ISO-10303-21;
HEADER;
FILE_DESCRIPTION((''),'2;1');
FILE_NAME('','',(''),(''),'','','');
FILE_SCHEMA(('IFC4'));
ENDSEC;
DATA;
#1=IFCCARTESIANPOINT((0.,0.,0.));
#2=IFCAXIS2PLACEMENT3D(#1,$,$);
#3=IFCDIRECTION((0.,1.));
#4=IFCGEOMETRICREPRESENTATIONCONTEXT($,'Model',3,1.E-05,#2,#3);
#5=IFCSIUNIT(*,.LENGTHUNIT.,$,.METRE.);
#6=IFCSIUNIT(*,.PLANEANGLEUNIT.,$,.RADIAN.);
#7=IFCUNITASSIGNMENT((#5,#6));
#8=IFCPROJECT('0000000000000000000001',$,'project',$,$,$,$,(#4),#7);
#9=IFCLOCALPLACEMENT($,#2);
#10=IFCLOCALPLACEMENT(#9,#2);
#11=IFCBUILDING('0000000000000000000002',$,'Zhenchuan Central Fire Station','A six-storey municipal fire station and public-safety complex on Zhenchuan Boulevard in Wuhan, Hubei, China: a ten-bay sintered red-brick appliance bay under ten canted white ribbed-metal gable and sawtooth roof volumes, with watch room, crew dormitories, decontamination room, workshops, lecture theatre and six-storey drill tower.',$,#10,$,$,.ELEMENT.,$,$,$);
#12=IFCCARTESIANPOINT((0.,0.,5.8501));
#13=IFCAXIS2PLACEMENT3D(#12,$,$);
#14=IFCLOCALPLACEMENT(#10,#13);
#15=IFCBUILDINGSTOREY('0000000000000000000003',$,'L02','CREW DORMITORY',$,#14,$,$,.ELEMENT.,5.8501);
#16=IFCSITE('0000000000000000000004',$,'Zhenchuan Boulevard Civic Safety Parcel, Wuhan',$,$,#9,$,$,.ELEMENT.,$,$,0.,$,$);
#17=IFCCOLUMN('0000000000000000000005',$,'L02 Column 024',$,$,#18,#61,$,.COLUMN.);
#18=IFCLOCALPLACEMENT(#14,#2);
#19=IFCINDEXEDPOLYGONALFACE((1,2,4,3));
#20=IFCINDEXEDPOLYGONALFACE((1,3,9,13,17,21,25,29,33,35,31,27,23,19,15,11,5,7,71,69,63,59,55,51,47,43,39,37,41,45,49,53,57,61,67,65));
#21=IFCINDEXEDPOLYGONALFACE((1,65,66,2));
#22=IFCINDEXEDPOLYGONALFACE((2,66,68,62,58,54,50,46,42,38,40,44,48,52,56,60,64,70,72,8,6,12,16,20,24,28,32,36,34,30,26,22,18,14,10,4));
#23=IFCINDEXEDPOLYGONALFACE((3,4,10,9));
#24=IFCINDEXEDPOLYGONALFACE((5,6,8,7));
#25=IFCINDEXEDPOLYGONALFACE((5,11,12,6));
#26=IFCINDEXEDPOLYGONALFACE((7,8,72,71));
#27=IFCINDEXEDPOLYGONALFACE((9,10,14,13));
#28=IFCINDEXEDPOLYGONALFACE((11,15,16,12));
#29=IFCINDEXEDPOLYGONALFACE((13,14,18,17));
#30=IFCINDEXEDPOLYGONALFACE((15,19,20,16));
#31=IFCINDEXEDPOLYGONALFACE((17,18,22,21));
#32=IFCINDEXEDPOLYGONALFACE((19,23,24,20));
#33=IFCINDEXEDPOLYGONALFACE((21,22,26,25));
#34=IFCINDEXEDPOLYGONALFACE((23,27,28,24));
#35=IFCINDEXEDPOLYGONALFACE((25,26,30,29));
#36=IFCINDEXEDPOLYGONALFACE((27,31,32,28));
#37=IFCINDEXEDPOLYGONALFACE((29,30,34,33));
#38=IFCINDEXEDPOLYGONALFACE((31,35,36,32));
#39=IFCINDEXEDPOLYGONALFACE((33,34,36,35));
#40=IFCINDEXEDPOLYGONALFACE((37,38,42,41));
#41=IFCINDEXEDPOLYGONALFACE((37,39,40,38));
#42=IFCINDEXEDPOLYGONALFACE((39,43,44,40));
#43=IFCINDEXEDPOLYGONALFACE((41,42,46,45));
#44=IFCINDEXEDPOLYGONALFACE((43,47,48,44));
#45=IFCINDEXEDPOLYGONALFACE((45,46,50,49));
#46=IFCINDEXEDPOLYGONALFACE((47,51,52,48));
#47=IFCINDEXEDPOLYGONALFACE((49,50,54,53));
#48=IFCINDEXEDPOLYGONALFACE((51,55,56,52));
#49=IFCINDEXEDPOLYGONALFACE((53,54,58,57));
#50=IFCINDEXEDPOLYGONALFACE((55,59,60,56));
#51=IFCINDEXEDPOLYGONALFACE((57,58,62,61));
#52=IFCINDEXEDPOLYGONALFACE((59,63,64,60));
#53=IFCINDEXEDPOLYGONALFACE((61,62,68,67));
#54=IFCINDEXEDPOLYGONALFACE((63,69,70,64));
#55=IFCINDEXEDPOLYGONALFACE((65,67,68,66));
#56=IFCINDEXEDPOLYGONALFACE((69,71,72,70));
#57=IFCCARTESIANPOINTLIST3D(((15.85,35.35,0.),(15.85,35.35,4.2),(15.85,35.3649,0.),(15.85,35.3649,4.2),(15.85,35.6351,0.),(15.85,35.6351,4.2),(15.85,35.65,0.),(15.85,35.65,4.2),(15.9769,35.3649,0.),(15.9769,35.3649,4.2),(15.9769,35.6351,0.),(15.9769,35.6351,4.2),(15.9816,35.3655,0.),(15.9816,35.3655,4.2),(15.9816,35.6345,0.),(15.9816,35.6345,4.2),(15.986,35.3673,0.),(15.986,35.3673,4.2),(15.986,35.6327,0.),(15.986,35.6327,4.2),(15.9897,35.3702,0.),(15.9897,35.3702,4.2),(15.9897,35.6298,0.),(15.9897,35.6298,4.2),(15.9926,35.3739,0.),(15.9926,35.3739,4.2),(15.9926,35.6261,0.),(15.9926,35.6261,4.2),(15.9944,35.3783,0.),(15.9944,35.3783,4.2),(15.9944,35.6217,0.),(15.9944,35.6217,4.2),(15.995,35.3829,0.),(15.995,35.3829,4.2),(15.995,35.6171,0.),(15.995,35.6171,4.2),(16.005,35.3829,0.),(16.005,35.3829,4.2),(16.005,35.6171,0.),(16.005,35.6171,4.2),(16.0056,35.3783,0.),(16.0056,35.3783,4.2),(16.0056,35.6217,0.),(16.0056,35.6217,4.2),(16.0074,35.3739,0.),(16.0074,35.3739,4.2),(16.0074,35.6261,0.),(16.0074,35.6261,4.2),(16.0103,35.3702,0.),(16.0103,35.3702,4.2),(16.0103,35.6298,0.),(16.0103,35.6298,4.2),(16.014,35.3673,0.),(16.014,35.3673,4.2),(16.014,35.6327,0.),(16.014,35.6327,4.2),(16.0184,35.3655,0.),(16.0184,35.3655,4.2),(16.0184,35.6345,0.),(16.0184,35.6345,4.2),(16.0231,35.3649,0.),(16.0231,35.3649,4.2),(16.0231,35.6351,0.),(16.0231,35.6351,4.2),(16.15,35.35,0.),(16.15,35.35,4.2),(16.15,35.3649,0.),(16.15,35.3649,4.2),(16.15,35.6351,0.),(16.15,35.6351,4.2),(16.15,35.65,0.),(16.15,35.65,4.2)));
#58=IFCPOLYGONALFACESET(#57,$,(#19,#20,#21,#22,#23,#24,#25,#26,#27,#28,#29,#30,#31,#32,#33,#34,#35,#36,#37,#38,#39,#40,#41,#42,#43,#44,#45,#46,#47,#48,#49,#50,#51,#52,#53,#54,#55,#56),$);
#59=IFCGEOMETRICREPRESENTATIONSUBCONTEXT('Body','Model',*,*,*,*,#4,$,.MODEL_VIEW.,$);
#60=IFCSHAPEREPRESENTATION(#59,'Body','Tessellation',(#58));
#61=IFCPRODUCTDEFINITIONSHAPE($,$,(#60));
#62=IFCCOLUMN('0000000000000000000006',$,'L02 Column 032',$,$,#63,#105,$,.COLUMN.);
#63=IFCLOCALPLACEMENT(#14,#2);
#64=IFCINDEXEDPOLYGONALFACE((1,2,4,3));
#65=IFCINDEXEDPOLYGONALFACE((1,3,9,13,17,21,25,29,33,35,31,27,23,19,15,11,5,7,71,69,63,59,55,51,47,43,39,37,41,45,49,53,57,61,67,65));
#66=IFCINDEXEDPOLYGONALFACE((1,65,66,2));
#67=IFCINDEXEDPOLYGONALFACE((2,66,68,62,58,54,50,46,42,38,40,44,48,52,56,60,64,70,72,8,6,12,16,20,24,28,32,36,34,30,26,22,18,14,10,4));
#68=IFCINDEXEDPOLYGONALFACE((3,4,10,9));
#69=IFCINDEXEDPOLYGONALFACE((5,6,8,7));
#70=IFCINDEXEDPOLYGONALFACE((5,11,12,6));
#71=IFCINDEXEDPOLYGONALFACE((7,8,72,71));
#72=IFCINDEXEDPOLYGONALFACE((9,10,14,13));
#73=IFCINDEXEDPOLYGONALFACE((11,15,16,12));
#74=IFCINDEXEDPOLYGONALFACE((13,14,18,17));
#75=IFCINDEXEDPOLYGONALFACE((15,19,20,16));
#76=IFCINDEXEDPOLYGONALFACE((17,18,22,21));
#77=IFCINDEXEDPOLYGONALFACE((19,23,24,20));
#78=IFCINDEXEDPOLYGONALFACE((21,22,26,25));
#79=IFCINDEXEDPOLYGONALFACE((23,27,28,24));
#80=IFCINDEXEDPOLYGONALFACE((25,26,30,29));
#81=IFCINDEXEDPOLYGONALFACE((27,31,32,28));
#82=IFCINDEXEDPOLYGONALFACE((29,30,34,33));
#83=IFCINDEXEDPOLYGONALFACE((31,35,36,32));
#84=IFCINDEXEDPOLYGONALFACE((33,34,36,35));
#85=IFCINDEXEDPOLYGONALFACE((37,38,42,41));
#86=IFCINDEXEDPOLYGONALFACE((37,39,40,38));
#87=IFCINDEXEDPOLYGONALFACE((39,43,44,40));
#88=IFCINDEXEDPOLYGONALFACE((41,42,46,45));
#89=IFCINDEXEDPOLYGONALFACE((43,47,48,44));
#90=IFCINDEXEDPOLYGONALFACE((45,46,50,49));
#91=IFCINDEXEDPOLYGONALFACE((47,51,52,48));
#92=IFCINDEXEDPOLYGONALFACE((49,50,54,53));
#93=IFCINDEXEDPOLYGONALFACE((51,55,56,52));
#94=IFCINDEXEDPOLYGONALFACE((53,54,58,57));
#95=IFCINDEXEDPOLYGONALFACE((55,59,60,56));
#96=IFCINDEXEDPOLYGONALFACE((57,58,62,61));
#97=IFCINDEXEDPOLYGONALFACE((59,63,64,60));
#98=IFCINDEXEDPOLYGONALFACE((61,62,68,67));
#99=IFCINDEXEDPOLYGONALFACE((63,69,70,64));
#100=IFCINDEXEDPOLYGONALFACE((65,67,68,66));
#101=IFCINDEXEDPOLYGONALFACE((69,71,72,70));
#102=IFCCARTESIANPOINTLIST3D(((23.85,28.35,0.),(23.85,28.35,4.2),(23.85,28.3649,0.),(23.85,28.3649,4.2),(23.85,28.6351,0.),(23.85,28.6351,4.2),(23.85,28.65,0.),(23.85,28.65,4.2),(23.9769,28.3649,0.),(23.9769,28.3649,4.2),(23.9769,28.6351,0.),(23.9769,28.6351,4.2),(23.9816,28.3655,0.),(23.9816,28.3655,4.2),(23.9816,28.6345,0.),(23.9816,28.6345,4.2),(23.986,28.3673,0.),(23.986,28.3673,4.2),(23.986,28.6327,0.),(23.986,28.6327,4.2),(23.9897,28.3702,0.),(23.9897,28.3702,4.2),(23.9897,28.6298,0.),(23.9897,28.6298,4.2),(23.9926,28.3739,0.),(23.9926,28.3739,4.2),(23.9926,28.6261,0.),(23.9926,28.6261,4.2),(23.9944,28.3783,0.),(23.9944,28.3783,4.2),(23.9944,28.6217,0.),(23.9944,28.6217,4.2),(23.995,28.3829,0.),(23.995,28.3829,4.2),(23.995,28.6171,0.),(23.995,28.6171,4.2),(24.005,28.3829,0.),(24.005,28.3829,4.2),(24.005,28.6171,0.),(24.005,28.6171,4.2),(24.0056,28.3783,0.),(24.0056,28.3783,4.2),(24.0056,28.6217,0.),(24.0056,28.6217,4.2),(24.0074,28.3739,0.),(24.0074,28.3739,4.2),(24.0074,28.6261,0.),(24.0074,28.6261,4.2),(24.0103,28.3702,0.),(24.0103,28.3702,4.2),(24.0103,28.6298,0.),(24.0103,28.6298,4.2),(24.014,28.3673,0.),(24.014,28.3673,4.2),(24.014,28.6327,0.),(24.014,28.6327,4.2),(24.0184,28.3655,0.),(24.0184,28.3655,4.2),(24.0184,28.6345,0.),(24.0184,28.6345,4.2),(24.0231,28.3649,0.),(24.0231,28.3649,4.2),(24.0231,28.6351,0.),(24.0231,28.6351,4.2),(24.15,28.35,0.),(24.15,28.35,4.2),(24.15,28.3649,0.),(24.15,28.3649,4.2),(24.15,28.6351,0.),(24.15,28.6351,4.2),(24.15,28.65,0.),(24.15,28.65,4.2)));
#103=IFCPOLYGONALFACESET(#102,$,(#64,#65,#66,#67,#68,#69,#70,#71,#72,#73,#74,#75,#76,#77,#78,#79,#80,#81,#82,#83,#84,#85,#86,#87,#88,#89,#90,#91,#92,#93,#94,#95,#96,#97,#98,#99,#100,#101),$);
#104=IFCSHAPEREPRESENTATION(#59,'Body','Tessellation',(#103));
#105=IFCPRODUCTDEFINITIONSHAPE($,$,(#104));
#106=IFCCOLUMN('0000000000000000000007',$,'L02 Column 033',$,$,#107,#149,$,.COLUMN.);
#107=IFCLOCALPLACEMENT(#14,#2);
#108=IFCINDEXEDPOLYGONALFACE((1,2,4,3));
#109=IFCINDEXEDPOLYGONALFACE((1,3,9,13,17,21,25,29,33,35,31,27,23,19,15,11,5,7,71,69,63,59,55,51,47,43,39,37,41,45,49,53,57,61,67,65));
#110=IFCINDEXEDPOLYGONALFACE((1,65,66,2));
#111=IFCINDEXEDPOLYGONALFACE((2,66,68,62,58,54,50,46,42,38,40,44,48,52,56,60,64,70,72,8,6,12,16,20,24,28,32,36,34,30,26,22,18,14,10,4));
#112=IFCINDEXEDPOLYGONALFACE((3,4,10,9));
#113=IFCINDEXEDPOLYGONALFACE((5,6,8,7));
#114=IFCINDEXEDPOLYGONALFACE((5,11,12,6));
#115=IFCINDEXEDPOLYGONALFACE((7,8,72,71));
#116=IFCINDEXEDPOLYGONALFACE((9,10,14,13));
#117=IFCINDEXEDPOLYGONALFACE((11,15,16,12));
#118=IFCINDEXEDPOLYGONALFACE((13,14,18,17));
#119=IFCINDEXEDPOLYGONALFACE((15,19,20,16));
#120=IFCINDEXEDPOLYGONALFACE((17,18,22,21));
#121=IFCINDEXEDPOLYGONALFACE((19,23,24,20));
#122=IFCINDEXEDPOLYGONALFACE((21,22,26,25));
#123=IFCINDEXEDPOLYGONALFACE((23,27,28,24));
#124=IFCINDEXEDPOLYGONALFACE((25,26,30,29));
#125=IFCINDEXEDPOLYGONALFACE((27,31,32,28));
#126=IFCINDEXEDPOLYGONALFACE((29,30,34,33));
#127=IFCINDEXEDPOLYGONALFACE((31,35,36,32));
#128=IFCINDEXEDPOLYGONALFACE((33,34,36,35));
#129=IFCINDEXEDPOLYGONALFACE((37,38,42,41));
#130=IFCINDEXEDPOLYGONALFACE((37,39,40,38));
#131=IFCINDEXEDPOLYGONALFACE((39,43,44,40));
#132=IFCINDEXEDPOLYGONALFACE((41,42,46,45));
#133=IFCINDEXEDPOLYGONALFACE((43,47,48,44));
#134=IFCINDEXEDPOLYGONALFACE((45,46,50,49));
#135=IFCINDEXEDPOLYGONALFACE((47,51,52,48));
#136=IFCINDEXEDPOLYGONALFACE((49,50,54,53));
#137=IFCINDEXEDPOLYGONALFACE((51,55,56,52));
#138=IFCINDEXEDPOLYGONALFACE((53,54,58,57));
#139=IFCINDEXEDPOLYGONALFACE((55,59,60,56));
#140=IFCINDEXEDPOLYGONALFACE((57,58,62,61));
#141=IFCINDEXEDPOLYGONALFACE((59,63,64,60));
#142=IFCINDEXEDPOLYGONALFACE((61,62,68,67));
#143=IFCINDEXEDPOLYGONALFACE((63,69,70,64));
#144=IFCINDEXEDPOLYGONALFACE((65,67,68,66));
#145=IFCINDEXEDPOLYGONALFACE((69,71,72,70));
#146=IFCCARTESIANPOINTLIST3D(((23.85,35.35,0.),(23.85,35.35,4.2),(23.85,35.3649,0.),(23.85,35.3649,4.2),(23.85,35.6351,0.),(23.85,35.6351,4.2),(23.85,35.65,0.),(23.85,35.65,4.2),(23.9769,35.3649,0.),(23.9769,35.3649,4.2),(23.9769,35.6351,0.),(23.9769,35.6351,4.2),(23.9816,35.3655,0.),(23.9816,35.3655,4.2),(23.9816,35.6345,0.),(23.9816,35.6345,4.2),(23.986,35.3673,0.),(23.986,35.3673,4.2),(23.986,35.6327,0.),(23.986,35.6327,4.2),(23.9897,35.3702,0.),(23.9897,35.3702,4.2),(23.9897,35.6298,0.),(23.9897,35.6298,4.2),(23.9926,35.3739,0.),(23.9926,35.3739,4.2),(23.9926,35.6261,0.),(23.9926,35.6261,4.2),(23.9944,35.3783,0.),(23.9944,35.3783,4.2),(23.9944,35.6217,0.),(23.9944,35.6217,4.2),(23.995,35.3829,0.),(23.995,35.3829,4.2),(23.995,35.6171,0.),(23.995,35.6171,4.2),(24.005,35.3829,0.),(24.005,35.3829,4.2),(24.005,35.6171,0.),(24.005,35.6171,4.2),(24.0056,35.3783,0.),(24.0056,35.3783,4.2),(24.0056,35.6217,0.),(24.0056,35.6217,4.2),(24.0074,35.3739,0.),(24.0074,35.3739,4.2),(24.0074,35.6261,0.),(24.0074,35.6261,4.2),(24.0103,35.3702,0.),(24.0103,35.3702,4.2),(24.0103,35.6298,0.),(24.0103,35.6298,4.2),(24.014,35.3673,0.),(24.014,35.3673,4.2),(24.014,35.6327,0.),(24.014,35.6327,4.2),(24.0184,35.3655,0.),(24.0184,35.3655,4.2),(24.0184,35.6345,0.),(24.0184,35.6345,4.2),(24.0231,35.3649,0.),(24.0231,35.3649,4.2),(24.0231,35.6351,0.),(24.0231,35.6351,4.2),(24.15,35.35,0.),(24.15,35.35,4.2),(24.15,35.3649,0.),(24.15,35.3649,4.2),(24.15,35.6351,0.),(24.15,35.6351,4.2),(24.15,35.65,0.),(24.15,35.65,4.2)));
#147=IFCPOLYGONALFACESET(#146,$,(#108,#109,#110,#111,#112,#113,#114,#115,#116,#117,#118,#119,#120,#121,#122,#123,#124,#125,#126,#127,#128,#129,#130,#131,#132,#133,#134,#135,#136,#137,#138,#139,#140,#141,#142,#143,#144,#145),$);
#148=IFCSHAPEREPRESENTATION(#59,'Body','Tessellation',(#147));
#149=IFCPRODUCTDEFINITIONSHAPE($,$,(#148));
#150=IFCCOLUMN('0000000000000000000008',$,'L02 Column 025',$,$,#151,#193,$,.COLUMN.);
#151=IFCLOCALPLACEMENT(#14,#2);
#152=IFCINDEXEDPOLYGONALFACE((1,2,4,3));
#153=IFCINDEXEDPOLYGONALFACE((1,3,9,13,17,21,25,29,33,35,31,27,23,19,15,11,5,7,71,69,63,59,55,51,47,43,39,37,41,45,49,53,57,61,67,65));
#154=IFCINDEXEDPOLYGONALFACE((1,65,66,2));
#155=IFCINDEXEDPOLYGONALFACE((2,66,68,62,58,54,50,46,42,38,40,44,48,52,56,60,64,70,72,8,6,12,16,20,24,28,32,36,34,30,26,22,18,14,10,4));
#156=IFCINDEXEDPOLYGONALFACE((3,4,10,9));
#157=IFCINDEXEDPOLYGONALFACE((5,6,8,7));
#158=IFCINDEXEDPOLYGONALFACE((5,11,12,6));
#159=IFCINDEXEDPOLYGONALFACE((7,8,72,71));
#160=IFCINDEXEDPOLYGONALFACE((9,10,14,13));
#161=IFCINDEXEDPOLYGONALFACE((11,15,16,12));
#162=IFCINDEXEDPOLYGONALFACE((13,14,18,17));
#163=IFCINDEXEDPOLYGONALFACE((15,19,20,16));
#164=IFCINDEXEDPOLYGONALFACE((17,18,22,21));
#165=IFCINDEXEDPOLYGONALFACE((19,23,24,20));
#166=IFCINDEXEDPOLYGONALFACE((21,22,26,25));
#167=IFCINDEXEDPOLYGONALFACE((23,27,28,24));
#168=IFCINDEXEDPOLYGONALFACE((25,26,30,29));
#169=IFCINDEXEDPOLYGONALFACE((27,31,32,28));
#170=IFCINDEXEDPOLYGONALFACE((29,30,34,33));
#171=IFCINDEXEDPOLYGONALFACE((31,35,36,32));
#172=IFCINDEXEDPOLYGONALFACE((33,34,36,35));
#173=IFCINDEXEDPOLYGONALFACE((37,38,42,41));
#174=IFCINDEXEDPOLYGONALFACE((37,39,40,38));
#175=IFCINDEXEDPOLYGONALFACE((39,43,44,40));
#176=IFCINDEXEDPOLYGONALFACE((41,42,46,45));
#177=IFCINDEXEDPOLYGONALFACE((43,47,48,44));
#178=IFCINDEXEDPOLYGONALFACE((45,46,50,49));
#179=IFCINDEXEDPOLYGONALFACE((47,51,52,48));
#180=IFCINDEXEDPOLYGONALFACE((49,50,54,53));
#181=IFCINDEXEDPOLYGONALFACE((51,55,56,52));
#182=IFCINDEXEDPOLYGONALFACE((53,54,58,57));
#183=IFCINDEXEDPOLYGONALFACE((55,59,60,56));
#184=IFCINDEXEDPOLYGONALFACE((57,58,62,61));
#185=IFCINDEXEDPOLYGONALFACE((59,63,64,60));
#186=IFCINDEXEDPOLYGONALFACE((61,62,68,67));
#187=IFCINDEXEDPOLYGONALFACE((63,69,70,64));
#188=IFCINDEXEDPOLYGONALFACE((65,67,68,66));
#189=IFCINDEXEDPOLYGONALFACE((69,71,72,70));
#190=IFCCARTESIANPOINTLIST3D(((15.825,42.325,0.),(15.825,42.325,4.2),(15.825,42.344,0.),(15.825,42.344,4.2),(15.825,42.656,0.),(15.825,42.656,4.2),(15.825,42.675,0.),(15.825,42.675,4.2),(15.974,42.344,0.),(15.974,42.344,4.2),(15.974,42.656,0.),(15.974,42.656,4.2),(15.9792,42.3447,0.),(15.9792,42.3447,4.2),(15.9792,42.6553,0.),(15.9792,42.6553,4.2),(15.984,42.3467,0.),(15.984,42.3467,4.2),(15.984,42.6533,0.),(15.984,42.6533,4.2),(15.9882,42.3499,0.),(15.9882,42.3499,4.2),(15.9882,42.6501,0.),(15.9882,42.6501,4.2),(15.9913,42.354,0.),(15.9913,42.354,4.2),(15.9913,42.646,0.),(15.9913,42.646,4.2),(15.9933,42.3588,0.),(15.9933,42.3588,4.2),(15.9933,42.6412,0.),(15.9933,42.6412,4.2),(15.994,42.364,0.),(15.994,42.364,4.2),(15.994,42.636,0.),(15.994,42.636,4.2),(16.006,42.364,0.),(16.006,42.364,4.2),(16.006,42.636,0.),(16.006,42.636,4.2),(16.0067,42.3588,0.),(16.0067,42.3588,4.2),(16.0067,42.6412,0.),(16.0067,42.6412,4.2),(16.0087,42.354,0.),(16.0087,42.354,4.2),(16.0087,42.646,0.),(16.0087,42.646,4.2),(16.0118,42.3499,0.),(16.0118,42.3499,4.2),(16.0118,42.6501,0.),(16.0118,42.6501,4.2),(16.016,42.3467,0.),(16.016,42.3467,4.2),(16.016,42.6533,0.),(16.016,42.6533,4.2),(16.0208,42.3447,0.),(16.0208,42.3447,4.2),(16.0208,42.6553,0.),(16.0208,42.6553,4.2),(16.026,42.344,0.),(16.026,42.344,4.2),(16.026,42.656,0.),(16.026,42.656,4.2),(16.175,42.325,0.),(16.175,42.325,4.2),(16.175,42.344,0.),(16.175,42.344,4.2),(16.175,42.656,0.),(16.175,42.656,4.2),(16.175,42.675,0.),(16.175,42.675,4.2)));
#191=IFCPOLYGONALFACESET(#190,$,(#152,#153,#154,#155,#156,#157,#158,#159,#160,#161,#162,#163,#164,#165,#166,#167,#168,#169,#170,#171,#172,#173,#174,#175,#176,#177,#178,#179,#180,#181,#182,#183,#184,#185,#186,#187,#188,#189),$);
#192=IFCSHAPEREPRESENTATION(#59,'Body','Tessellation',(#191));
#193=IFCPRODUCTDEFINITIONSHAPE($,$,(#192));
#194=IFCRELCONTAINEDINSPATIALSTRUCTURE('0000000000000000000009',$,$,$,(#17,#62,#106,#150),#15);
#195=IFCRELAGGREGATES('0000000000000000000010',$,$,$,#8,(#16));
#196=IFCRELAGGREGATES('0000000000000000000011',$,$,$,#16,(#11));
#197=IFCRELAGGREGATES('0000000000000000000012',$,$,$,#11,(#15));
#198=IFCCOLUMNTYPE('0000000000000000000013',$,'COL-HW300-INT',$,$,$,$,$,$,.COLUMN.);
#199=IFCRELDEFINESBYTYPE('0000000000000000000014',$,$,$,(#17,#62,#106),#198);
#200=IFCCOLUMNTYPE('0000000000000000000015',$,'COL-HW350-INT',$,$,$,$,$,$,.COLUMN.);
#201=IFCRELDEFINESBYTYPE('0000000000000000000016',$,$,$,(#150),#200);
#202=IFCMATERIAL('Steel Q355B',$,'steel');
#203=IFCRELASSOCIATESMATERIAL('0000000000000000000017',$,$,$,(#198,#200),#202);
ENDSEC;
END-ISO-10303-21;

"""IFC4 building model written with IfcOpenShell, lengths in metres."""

from ifc_helpers import new_model, si_unit, direction, frame, origin, origin_2d, place, context, subcontext, project, spatial, i_section, extrude, material, material_profile, profile_set, type_object, element, save


model = new_model("IFC4")

# Units and contexts
model_context = context("Model", 3, precision=1e-05, world=origin(), true_north=direction((0.0, 1.0)))
body_context = subcontext(model_context, "Body", "Model", "MODEL_VIEW")
ifc_project = project(units=[si_unit("LENGTHUNIT", "METRE"), si_unit("PLANEANGLEUNIT", "RADIAN")], contexts=[model_context])

# Site, building, storey
site_placement = place(None, origin())
site = spatial("IfcSite", under=ifc_project, at=site_placement, Name="Zhenchuan Boulevard Civic Safety Parcel, Wuhan", CompositionType="ELEMENT", RefElevation=0.0)
building_placement = place(site_placement, origin())
building = spatial("IfcBuilding", under=site, at=building_placement, Name="Zhenchuan Central Fire Station", Description="A six-storey municipal fire station and public-safety complex on Zhenchuan Boulevard in Wuhan, Hubei, China: a ten-bay sintered red-brick appliance bay under ten canted white ribbed-metal gable and sawtooth roof volumes, with watch room, crew dormitories, decontamination room, workshops, lecture theatre and six-storey drill tower.", CompositionType="ELEMENT")
storey_placement = place(building_placement, frame((0.0, 0.0, 5.8501)))
storey = spatial("IfcBuildingStorey", under=building, at=storey_placement, Name="L02", Description="CREW DORMITORY", CompositionType="ELEMENT", Elevation=5.8501)

# Columns
ifc_material_1 = material(Name="Steel Q355B", Category="steel")
ifc_material_profile_1 = material_profile(ifc_material_1, i_section(OverallWidth=0.3, OverallDepth=0.3, WebThickness=0.01, FlangeThickness=0.0149, FilletRadius=0.0181, at=origin_2d()), Name="HW 300x300")
ifc_profile_set_1 = profile_set([ifc_material_profile_1], Name="Steel Q355B")
column_type_1 = type_object("IfcColumnType", Name="COL-HW300-INT", PredefinedType="COLUMN", material=ifc_profile_set_1)
for number, where, z_axis, x_axis, name in (
    (1, (16.0, 35.5, 0.0), (0.0, 0.0, 1.0), (1.0, 0.0, 0.0), "L02 Column 024"),
    (2, (24.0, 28.5, 0.0), (0.0, 0.0, 1.0), (1.0, 0.0, 0.0), "L02 Column 032"),
    (3, (24.0, 35.5, 0.0), (0.0, 0.0, 1.0), (1.0, 0.0, 0.0), "L02 Column 033"),
):
    element("IfcColumn", number, at=place(storey_placement, frame(where, z_axis=z_axis, x_axis=x_axis)), inside=storey, type_object=column_type_1, Name=name, PredefinedType="COLUMN", context=body_context, shape_type="SweptSolid", body=[
        extrude(i_section(OverallWidth=0.3, OverallDepth=0.3, WebThickness=0.01, FlangeThickness=0.0149, FilletRadius=0.0181, at=origin_2d()), origin(), (0.0, 0.0, 1.0), 4.2),
    ])
ifc_material_profile_2 = material_profile(ifc_material_1, i_section(OverallWidth=0.3501, OverallDepth=0.3501, WebThickness=0.012, FlangeThickness=0.019, FilletRadius=0.02, at=origin_2d()), Name="HW 350x350")
ifc_profile_set_2 = profile_set([ifc_material_profile_2], Name="Steel Q355B")
column_type_2 = type_object("IfcColumnType", Name="COL-HW350-INT", PredefinedType="COLUMN", material=ifc_profile_set_2)
for number, where, z_axis, x_axis, name in (
    (4, (16.0, 42.5, 0.0), (0.0, 0.0, 1.0), (1.0, 0.0, 0.0), "L02 Column 025"),
):
    element("IfcColumn", number, at=place(storey_placement, frame(where, z_axis=z_axis, x_axis=x_axis)), inside=storey, type_object=column_type_2, Name=name, PredefinedType="COLUMN", context=body_context, shape_type="SweptSolid", body=[
        extrude(i_section(OverallWidth=0.3501, OverallDepth=0.3501, WebThickness=0.012, FlangeThickness=0.019, FilletRadius=0.02, at=origin_2d()), origin(), (0.0, 0.0, 1.0), 4.2),
    ])

save(model, "model.ifc")
